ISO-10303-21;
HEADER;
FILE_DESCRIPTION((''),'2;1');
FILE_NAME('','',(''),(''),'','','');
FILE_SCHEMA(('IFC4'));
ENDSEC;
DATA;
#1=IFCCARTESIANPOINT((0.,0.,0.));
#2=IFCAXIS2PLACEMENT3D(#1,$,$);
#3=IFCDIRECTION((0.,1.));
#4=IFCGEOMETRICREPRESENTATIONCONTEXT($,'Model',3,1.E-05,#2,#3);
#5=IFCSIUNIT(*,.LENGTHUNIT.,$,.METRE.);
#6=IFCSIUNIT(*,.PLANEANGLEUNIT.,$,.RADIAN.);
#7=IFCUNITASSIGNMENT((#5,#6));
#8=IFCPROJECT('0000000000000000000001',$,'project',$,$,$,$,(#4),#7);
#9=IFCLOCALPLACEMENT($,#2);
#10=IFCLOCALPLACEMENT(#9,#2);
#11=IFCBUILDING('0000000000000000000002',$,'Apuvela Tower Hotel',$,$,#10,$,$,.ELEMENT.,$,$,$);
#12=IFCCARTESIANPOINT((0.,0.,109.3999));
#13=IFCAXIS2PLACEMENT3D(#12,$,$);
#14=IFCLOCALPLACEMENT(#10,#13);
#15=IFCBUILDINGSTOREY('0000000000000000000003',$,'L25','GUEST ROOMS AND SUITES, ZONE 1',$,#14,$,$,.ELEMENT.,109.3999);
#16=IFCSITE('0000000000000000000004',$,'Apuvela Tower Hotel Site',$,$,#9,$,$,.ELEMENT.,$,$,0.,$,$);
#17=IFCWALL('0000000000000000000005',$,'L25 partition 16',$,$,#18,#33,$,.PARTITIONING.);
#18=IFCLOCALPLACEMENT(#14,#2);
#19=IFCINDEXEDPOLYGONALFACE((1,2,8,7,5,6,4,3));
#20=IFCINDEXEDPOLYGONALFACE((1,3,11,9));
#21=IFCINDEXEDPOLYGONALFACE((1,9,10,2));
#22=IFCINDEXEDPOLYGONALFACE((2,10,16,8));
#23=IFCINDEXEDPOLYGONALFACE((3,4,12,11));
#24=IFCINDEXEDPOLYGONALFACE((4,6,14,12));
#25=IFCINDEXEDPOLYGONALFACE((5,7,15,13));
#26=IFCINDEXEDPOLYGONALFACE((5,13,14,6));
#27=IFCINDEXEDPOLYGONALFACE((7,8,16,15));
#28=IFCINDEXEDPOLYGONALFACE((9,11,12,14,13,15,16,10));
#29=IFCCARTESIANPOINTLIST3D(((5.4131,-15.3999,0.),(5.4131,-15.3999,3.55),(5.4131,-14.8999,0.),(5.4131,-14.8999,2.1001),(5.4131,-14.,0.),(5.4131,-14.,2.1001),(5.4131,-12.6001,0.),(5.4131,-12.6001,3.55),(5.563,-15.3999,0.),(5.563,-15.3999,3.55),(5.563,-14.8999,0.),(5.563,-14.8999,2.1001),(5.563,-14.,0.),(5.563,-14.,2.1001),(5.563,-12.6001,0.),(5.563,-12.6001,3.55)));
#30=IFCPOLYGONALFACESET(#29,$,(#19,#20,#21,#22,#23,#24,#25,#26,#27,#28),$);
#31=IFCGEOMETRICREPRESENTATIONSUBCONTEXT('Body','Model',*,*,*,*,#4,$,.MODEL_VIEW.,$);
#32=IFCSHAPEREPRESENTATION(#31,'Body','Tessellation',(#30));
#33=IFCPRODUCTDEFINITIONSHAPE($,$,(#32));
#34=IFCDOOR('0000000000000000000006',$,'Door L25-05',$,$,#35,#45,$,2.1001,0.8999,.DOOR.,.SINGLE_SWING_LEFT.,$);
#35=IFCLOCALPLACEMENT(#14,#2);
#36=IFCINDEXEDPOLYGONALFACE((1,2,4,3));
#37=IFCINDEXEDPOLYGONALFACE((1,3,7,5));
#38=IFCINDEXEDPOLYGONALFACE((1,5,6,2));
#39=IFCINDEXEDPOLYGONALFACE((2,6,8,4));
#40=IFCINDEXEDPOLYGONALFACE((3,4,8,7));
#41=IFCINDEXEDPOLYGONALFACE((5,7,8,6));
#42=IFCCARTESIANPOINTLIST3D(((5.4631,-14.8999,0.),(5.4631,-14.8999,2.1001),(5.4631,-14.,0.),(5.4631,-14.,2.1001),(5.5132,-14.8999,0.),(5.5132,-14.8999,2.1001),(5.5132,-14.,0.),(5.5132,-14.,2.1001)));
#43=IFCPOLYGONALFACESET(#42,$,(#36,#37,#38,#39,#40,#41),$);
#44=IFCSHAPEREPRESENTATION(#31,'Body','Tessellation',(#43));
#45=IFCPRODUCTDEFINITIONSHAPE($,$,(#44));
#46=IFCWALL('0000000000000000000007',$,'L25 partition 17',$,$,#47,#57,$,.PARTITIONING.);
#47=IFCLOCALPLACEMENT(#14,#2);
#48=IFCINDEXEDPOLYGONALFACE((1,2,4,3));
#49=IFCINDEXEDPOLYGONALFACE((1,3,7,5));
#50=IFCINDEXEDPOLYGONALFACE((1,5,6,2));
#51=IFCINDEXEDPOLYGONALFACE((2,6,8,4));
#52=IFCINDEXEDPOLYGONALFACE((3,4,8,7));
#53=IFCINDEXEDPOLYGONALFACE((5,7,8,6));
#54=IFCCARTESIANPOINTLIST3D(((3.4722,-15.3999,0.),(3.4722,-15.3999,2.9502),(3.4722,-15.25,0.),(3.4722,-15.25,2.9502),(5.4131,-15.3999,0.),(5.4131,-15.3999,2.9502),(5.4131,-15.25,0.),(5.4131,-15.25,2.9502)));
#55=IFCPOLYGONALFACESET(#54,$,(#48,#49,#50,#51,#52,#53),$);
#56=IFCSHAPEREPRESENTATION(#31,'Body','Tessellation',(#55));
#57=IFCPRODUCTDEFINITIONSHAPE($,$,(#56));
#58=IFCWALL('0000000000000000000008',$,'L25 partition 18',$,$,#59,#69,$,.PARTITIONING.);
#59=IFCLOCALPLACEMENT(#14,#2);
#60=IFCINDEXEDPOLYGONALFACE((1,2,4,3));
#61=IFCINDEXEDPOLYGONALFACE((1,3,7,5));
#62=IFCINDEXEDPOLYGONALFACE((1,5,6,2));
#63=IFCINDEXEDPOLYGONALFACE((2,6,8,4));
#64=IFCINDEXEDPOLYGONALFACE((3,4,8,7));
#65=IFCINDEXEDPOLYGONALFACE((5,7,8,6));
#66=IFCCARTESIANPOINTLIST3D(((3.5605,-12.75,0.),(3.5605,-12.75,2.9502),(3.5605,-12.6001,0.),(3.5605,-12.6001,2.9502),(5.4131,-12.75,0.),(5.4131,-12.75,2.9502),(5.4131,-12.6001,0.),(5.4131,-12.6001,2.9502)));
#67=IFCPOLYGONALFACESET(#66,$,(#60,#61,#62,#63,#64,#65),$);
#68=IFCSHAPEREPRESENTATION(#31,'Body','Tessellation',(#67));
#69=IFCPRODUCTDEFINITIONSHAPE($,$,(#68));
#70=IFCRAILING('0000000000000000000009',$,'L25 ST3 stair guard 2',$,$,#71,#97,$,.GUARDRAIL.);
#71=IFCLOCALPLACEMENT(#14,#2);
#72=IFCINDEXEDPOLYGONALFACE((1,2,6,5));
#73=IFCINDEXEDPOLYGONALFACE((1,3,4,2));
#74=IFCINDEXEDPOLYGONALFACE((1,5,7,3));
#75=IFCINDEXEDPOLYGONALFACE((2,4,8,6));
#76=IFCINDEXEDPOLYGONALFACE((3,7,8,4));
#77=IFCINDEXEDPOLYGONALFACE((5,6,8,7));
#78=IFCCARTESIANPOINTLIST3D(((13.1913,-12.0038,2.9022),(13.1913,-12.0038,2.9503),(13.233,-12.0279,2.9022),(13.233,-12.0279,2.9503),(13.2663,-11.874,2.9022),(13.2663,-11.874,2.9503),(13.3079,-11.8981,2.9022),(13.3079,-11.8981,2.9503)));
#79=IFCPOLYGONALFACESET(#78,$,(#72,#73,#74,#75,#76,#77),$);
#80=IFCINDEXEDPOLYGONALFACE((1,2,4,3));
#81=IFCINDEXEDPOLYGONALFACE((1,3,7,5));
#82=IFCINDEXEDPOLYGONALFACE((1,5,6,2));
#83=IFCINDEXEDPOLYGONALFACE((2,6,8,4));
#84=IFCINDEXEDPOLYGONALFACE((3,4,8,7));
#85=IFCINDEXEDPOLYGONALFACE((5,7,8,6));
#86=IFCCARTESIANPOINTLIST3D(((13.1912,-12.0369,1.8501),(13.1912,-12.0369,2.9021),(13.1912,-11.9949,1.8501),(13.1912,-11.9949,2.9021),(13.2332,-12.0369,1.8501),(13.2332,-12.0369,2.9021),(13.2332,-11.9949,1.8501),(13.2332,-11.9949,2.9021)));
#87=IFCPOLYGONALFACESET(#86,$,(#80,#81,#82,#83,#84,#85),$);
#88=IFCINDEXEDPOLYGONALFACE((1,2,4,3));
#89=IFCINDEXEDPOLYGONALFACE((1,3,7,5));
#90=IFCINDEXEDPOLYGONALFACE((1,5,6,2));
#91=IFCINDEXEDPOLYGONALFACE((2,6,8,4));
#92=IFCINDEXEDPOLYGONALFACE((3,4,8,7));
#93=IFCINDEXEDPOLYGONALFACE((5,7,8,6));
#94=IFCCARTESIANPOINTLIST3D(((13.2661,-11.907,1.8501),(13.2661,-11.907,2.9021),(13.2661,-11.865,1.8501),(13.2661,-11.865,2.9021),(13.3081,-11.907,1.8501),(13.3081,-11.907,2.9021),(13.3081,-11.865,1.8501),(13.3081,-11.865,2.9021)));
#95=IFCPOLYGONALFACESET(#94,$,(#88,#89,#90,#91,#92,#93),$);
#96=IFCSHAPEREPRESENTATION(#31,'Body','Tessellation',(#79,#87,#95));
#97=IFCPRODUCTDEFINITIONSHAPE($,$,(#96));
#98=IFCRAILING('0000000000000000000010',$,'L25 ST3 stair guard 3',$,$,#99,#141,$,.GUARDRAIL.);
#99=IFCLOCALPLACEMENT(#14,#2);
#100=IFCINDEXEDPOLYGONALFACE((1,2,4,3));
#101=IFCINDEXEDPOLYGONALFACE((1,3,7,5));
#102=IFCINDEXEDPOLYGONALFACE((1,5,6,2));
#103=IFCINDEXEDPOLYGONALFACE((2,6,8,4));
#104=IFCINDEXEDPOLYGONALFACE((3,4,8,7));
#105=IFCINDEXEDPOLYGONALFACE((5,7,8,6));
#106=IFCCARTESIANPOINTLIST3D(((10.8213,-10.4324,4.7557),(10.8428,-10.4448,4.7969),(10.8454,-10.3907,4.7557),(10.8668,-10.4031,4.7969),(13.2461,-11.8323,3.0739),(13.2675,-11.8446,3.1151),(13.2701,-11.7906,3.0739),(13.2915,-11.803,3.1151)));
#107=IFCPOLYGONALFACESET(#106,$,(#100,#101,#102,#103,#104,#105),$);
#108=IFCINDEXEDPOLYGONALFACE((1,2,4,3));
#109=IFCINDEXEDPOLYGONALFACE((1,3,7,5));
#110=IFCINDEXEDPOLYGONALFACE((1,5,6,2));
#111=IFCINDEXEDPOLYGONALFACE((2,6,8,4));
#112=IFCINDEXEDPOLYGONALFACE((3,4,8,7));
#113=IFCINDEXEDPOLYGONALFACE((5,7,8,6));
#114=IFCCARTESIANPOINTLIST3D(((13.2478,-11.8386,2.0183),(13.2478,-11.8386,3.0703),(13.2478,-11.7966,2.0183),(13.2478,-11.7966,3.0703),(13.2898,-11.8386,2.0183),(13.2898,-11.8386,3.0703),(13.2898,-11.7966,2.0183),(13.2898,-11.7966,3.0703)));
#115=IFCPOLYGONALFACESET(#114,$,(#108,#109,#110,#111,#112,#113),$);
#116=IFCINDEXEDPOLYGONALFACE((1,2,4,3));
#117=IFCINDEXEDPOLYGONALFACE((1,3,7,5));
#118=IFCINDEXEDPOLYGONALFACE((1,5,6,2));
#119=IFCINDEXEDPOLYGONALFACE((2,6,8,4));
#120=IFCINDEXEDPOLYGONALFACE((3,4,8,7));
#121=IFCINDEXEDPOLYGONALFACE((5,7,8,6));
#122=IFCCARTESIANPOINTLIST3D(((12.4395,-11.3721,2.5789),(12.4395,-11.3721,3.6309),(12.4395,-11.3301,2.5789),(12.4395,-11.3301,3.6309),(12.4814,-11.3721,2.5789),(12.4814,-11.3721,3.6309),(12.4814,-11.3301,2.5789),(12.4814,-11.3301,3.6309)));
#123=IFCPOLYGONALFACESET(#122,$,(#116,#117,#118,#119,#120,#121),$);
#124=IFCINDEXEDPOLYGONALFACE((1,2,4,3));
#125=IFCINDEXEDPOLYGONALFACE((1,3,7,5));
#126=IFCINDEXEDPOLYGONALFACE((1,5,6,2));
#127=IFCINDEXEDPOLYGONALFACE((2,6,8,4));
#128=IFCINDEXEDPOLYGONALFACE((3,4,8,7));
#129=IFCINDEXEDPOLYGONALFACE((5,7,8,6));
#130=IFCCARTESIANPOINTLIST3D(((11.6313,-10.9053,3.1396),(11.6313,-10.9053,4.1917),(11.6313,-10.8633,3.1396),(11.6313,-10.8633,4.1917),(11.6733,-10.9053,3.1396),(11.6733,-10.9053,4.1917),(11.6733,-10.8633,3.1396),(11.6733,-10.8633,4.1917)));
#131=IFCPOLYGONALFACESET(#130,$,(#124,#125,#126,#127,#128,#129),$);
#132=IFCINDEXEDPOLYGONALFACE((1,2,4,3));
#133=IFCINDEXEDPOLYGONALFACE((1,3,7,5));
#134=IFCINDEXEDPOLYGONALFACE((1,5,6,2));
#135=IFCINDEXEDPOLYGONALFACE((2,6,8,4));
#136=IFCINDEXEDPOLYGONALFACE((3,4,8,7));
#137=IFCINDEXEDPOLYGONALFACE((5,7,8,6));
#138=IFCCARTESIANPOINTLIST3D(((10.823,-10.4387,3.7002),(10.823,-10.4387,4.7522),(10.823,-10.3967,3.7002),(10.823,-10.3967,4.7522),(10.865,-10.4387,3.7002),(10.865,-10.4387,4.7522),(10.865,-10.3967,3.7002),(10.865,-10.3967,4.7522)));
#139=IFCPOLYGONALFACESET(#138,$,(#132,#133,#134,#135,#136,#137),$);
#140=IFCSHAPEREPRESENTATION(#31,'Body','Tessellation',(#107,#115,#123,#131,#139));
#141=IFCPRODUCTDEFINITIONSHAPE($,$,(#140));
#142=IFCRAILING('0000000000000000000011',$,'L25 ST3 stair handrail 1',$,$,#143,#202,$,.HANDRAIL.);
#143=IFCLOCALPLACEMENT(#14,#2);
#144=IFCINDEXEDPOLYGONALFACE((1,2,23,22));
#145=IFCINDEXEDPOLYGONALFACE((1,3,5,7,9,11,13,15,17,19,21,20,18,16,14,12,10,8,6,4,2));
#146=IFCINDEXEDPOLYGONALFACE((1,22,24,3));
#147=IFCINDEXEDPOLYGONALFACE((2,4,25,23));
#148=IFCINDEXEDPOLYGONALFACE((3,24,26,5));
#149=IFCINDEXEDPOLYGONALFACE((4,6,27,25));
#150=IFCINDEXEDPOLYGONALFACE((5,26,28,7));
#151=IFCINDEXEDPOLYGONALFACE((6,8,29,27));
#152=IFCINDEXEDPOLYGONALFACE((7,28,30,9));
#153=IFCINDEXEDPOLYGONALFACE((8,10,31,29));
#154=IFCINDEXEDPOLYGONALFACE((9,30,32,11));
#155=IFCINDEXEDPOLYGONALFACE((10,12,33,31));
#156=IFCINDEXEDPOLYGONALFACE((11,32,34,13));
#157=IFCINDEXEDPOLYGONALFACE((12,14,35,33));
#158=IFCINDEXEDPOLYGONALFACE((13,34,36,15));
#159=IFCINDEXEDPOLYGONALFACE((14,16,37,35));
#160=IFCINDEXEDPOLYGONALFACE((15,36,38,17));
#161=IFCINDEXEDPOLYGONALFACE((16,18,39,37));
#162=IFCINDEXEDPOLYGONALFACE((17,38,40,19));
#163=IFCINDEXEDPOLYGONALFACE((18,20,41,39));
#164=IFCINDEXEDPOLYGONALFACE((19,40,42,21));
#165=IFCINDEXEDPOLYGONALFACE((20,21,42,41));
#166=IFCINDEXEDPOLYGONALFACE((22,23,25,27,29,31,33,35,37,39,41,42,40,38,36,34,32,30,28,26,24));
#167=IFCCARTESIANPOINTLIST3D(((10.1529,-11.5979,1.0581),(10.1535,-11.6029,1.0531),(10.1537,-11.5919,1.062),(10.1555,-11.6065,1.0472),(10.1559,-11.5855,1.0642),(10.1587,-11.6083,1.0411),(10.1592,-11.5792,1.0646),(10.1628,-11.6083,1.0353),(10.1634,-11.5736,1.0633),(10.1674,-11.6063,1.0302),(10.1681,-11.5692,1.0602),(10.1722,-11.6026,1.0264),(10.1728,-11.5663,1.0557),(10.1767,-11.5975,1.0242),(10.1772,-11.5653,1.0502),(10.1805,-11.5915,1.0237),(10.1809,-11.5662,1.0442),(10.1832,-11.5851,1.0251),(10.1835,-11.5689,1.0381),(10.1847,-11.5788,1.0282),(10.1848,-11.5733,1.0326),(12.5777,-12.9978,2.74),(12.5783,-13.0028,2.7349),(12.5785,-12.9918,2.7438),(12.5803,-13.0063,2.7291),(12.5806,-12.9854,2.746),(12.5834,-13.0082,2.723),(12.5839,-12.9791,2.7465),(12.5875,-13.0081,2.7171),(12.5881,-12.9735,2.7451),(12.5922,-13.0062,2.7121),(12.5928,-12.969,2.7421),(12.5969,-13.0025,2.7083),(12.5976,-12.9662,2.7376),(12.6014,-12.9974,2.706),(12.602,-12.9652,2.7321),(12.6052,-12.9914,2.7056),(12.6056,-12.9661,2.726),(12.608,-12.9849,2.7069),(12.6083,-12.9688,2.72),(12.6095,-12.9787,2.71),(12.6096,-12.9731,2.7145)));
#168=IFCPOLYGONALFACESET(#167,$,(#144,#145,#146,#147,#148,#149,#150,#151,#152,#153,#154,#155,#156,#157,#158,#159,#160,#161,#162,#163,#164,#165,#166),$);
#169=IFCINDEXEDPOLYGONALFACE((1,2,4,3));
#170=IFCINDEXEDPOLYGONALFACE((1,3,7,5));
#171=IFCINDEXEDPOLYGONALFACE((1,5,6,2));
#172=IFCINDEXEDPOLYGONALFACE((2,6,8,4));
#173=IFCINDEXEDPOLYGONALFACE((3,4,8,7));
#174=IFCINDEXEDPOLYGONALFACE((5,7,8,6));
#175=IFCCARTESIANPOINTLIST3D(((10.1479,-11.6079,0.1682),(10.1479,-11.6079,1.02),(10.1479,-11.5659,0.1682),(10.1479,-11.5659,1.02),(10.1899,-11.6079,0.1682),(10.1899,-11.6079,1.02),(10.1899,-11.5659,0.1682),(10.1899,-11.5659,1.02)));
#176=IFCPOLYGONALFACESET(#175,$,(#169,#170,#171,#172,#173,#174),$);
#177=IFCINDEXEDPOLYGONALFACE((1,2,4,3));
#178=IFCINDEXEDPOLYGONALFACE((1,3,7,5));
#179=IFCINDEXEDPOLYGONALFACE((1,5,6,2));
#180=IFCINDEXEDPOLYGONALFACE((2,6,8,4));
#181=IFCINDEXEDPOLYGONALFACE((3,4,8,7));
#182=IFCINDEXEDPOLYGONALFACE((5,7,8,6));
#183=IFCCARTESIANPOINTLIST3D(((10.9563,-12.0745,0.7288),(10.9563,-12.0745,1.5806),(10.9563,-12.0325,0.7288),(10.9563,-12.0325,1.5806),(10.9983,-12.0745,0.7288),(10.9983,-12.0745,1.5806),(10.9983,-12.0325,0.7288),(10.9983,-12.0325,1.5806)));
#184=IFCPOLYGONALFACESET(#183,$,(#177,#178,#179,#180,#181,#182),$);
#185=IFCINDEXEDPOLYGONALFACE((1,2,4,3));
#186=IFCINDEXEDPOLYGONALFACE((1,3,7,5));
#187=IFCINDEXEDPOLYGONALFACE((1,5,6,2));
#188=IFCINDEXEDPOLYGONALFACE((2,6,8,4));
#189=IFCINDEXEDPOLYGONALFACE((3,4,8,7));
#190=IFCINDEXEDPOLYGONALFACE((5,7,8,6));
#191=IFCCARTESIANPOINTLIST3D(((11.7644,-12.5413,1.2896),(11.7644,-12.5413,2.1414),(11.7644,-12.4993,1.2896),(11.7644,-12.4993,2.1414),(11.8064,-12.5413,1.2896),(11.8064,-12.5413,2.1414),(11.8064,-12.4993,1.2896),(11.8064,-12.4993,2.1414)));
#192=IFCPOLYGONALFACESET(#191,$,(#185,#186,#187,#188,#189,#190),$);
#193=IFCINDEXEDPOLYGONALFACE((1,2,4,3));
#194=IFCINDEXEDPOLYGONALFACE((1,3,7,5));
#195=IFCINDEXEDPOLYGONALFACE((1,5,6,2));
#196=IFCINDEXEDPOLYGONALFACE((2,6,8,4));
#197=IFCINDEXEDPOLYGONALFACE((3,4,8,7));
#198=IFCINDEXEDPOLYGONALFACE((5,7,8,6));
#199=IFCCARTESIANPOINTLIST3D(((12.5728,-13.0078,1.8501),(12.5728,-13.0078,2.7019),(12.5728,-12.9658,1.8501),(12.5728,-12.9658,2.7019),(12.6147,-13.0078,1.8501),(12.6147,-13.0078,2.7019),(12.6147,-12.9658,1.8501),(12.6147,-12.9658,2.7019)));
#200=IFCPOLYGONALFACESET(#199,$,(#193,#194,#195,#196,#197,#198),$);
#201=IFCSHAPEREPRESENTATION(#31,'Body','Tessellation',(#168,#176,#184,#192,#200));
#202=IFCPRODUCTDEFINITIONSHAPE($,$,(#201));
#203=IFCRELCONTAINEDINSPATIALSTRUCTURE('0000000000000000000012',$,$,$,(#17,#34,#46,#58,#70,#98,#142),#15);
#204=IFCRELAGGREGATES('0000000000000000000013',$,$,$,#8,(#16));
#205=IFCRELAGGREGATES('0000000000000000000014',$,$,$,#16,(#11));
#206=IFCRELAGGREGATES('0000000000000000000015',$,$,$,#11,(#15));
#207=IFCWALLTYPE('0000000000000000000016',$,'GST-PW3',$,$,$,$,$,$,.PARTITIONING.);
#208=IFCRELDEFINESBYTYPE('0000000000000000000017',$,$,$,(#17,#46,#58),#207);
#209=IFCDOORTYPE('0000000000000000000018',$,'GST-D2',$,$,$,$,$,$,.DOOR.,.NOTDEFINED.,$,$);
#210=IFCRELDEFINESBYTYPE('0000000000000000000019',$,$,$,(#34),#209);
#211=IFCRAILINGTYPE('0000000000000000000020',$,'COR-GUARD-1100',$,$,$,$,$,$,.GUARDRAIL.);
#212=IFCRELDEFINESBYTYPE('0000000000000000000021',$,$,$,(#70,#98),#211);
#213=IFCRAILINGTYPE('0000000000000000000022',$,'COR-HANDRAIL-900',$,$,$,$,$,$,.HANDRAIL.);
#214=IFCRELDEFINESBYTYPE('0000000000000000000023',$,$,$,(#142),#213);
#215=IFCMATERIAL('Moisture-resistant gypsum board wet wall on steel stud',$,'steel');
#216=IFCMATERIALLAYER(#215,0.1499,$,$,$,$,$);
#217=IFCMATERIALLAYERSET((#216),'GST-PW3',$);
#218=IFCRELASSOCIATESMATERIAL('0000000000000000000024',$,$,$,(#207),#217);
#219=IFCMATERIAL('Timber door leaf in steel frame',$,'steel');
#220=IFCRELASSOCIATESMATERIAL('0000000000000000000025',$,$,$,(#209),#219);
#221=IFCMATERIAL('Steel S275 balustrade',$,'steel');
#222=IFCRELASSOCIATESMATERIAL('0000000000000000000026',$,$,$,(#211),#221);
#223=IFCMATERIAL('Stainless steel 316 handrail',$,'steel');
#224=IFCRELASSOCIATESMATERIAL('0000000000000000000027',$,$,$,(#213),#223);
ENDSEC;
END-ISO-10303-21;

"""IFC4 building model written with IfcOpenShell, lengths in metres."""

from ifc_helpers import new_model, si_unit, direction, frame, frame_2d, origin, origin_2d, place, context, subcontext, project, spatial, rectangle, circle, extrude, material, layer, layer_set, type_object, element, fill, save


model = new_model("IFC4")

# Units and contexts
model_context = context("Model", 3, precision=1e-05, world=origin(), true_north=direction((0.0, 1.0)))
body_context = subcontext(model_context, "Body", "Model", "MODEL_VIEW")
ifc_project = project(units=[si_unit("LENGTHUNIT", "METRE"), si_unit("PLANEANGLEUNIT", "RADIAN")], contexts=[model_context])

# Site, building, storey
site_placement = place(None, origin())
site = spatial("IfcSite", under=ifc_project, at=site_placement, Name="Apuvela Tower Hotel Site", CompositionType="ELEMENT", RefElevation=0.0)
building_placement = place(site_placement, origin())
building = spatial("IfcBuilding", under=site, at=building_placement, Name="Apuvela Tower Hotel", CompositionType="ELEMENT")
storey_placement = place(building_placement, frame((0.0, 0.0, 109.3999)))
storey = spatial("IfcBuildingStorey", under=building, at=storey_placement, Name="L25", Description="GUEST ROOMS AND SUITES, ZONE 1", CompositionType="ELEMENT", Elevation=109.3999)

# Shared definitions
ifc_material_1 = material(Name="Moisture-resistant gypsum board wet wall on steel stud", Category="steel")
ifc_layer_1 = layer(ifc_material_1, 0.1499)
ifc_layer_set_1 = layer_set([ifc_layer_1], Name="GST-PW3")
wall_type_1 = type_object("IfcWallType", Name="GST-PW3", PredefinedType="PARTITIONING", material=ifc_layer_set_1)

# Wall, opening, door
wall_1_placement = place(storey_placement, frame((5.488, -15.3999, 0.0), z_axis=(0.0, 0.0, 1.0), x_axis=(0.0, 1.0, 0.0)))
wall_1 = element("IfcWall", 1, at=wall_1_placement, inside=storey, type_object=wall_type_1, Name="L25 partition 16", PredefinedType="PARTITIONING", context=body_context, shape_type="SweptSolid", body=[
    extrude(rectangle(XDim=2.7998, YDim=0.1499, at=frame_2d((1.3999, 0.0))), origin(), (0.0, 0.0, 1.0), 3.55),
])
opening_1_placement = place(wall_1_placement, frame((0.5, 0.0, 0.0)))
opening_1 = element("IfcOpeningElement", 2, at=opening_1_placement, cuts=wall_1, PredefinedType="OPENING", context=body_context, shape_type="SweptSolid", body=[
    extrude(rectangle(XDim=0.8999, YDim=2.1001, at=frame_2d((0.45, 1.05))), frame((0.0, 0.085, 0.0), z_axis=(0.0, -1.0, 0.0), x_axis=(1.0, 0.0, 0.0)), (0.0, 0.0, 1.0), 0.1699),
])
ifc_material_2 = material(Name="Timber door leaf in steel frame", Category="steel")
door_type_1 = type_object("IfcDoorType", Name="GST-D2", OperationType="NOTDEFINED", PredefinedType="DOOR", material=ifc_material_2)
door_1_placement = place(opening_1_placement, origin())
door_1 = element("IfcDoor", 3, at=door_1_placement, inside=storey, type_object=door_type_1, Name="Door L25-05", OperationType="SINGLE_SWING_LEFT", OverallHeight=2.1001, OverallWidth=0.8999, PredefinedType="DOOR", context=body_context, shape_type="SweptSolid", body=[
    extrude(rectangle(XDim=0.8999, YDim=2.1001, at=frame_2d((0.45, 1.05))), frame((0.0, 0.0249, 0.0), z_axis=(0.0, -1.0, 0.0), x_axis=(1.0, 0.0, 0.0)), (0.0, 0.0, 1.0), 0.05),
])
fill(opening_1, door_1)

# Walls
wall_2_placement = place(storey_placement, frame((3.4722, -15.325, 0.0), z_axis=(0.0, 0.0, 1.0), x_axis=(1.0, 0.0, 0.0)))
element("IfcWall", 4, at=wall_2_placement, inside=storey, type_object=wall_type_1, Name="L25 partition 17", PredefinedType="PARTITIONING", context=body_context, shape_type="SweptSolid", body=[
    extrude(rectangle(XDim=1.9409, YDim=0.1499, at=frame_2d((0.9705, 0.0))), origin(), (0.0, 0.0, 1.0), 2.9502),
])
wall_3_placement = place(storey_placement, frame((3.5605, -12.675, 0.0), z_axis=(0.0, 0.0, 1.0), x_axis=(1.0, 0.0, 0.0)))
element("IfcWall", 5, at=wall_3_placement, inside=storey, type_object=wall_type_1, Name="L25 partition 18", PredefinedType="PARTITIONING", context=body_context, shape_type="SweptSolid", body=[
    extrude(rectangle(XDim=1.8525, YDim=0.1499, at=frame_2d((0.9263, 0.0))), origin(), (0.0, 0.0, 1.0), 2.9502),
])

# Railings
ifc_material_3 = material(Name="Steel S275 balustrade", Category="steel")
railing_type_1 = type_object("IfcRailingType", Name="COR-GUARD-1100", PredefinedType="GUARDRAIL", material=ifc_material_3)
railing_1_placement = place(storey_placement, frame((13.2122, -12.0159, 1.8501)))
element("IfcRailing", 6, at=railing_1_placement, inside=storey, type_object=railing_type_1, Name="L25 ST3 stair guard 2", PredefinedType="GUARDRAIL", context=body_context, shape_type="SweptSolid", body=[
    extrude(rectangle(XDim=0.0481, YDim=0.0481, at=origin_2d()), frame((0.0, 0.0, 1.0762), z_axis=(0.499816, 0.866131, 0.0), x_axis=(-0.866131, 0.499816, 0.0)), (0.0, 0.0, 1.0), 0.1499),
    extrude(rectangle(XDim=0.042, YDim=0.042, at=origin_2d()), origin(), (0.0, 0.0, 1.0), 1.052),
    extrude(rectangle(XDim=0.042, YDim=0.042, at=origin_2d()), frame((0.075, 0.1299, 0.0)), (0.0, 0.0, 1.0), 1.052),
])
railing_2_placement = place(storey_placement, frame((13.2688, -11.8176, 2.0183)))
element("IfcRailing", 7, at=railing_2_placement, inside=storey, type_object=railing_type_1, Name="L25 ST3 stair guard 3", PredefinedType="GUARDRAIL", context=body_context, shape_type="SweptSolid", body=[
    extrude(rectangle(XDim=0.0481, YDim=0.0481, at=origin_2d()), frame((0.0, 0.0, 1.0762), z_axis=(-0.74239, 0.428601, 0.514934), x_axis=(-0.499984, -0.866035, 0.0)), (0.0, 0.0, 1.0), 3.2661),
    extrude(rectangle(XDim=0.042, YDim=0.042, at=origin_2d()), origin(), (0.0, 0.0, 1.0), 1.052),
    extrude(rectangle(XDim=0.042, YDim=0.042, at=origin_2d()), frame((-0.8083, 0.4666, 0.5605)), (0.0, 0.0, 1.0), 1.052),
    extrude(rectangle(XDim=0.042, YDim=0.042, at=origin_2d()), frame((-1.6165, 0.9333, 1.1213)), (0.0, 0.0, 1.0), 1.052),
    extrude(rectangle(XDim=0.042, YDim=0.042, at=origin_2d()), frame((-2.4248, 1.3999, 1.6819)), (0.0, 0.0, 1.0), 1.052),
])
ifc_material_4 = material(Name="Stainless steel 316 handrail", Category="steel")
railing_type_2 = type_object("IfcRailingType", Name="COR-HANDRAIL-900", PredefinedType="HANDRAIL", material=ifc_material_4)
railing_3_placement = place(storey_placement, frame((10.1689, -11.5869, 0.1682)))
element("IfcRailing", 8, at=railing_3_placement, inside=storey, type_object=railing_type_2, Name="L25 ST3 stair handrail 1", PredefinedType="HANDRAIL", context=body_context, shape_type="SweptSolid", body=[
    extrude(circle(Radius=0.0239, at=origin_2d()), frame((0.0, 0.0, 0.876), z_axis=(0.74239, -0.428601, 0.514934), x_axis=(0.499984, 0.866035, 0.0)), (0.0, 0.0, 1.0), 3.2661),
    extrude(rectangle(XDim=0.042, YDim=0.042, at=origin_2d()), origin(), (0.0, 0.0, 1.0), 0.8518),
    extrude(rectangle(XDim=0.042, YDim=0.042, at=origin_2d()), frame((0.8083, -0.4666, 0.5605)), (0.0, 0.0, 1.0), 0.8518),
    extrude(rectangle(XDim=0.042, YDim=0.042, at=origin_2d()), frame((1.6165, -0.9333, 1.1213)), (0.0, 0.0, 1.0), 0.8518),
    extrude(rectangle(XDim=0.042, YDim=0.042, at=origin_2d()), frame((2.4248, -1.3999, 1.6819)), (0.0, 0.0, 1.0), 0.8518),
])

save(model, "model.ifc")
